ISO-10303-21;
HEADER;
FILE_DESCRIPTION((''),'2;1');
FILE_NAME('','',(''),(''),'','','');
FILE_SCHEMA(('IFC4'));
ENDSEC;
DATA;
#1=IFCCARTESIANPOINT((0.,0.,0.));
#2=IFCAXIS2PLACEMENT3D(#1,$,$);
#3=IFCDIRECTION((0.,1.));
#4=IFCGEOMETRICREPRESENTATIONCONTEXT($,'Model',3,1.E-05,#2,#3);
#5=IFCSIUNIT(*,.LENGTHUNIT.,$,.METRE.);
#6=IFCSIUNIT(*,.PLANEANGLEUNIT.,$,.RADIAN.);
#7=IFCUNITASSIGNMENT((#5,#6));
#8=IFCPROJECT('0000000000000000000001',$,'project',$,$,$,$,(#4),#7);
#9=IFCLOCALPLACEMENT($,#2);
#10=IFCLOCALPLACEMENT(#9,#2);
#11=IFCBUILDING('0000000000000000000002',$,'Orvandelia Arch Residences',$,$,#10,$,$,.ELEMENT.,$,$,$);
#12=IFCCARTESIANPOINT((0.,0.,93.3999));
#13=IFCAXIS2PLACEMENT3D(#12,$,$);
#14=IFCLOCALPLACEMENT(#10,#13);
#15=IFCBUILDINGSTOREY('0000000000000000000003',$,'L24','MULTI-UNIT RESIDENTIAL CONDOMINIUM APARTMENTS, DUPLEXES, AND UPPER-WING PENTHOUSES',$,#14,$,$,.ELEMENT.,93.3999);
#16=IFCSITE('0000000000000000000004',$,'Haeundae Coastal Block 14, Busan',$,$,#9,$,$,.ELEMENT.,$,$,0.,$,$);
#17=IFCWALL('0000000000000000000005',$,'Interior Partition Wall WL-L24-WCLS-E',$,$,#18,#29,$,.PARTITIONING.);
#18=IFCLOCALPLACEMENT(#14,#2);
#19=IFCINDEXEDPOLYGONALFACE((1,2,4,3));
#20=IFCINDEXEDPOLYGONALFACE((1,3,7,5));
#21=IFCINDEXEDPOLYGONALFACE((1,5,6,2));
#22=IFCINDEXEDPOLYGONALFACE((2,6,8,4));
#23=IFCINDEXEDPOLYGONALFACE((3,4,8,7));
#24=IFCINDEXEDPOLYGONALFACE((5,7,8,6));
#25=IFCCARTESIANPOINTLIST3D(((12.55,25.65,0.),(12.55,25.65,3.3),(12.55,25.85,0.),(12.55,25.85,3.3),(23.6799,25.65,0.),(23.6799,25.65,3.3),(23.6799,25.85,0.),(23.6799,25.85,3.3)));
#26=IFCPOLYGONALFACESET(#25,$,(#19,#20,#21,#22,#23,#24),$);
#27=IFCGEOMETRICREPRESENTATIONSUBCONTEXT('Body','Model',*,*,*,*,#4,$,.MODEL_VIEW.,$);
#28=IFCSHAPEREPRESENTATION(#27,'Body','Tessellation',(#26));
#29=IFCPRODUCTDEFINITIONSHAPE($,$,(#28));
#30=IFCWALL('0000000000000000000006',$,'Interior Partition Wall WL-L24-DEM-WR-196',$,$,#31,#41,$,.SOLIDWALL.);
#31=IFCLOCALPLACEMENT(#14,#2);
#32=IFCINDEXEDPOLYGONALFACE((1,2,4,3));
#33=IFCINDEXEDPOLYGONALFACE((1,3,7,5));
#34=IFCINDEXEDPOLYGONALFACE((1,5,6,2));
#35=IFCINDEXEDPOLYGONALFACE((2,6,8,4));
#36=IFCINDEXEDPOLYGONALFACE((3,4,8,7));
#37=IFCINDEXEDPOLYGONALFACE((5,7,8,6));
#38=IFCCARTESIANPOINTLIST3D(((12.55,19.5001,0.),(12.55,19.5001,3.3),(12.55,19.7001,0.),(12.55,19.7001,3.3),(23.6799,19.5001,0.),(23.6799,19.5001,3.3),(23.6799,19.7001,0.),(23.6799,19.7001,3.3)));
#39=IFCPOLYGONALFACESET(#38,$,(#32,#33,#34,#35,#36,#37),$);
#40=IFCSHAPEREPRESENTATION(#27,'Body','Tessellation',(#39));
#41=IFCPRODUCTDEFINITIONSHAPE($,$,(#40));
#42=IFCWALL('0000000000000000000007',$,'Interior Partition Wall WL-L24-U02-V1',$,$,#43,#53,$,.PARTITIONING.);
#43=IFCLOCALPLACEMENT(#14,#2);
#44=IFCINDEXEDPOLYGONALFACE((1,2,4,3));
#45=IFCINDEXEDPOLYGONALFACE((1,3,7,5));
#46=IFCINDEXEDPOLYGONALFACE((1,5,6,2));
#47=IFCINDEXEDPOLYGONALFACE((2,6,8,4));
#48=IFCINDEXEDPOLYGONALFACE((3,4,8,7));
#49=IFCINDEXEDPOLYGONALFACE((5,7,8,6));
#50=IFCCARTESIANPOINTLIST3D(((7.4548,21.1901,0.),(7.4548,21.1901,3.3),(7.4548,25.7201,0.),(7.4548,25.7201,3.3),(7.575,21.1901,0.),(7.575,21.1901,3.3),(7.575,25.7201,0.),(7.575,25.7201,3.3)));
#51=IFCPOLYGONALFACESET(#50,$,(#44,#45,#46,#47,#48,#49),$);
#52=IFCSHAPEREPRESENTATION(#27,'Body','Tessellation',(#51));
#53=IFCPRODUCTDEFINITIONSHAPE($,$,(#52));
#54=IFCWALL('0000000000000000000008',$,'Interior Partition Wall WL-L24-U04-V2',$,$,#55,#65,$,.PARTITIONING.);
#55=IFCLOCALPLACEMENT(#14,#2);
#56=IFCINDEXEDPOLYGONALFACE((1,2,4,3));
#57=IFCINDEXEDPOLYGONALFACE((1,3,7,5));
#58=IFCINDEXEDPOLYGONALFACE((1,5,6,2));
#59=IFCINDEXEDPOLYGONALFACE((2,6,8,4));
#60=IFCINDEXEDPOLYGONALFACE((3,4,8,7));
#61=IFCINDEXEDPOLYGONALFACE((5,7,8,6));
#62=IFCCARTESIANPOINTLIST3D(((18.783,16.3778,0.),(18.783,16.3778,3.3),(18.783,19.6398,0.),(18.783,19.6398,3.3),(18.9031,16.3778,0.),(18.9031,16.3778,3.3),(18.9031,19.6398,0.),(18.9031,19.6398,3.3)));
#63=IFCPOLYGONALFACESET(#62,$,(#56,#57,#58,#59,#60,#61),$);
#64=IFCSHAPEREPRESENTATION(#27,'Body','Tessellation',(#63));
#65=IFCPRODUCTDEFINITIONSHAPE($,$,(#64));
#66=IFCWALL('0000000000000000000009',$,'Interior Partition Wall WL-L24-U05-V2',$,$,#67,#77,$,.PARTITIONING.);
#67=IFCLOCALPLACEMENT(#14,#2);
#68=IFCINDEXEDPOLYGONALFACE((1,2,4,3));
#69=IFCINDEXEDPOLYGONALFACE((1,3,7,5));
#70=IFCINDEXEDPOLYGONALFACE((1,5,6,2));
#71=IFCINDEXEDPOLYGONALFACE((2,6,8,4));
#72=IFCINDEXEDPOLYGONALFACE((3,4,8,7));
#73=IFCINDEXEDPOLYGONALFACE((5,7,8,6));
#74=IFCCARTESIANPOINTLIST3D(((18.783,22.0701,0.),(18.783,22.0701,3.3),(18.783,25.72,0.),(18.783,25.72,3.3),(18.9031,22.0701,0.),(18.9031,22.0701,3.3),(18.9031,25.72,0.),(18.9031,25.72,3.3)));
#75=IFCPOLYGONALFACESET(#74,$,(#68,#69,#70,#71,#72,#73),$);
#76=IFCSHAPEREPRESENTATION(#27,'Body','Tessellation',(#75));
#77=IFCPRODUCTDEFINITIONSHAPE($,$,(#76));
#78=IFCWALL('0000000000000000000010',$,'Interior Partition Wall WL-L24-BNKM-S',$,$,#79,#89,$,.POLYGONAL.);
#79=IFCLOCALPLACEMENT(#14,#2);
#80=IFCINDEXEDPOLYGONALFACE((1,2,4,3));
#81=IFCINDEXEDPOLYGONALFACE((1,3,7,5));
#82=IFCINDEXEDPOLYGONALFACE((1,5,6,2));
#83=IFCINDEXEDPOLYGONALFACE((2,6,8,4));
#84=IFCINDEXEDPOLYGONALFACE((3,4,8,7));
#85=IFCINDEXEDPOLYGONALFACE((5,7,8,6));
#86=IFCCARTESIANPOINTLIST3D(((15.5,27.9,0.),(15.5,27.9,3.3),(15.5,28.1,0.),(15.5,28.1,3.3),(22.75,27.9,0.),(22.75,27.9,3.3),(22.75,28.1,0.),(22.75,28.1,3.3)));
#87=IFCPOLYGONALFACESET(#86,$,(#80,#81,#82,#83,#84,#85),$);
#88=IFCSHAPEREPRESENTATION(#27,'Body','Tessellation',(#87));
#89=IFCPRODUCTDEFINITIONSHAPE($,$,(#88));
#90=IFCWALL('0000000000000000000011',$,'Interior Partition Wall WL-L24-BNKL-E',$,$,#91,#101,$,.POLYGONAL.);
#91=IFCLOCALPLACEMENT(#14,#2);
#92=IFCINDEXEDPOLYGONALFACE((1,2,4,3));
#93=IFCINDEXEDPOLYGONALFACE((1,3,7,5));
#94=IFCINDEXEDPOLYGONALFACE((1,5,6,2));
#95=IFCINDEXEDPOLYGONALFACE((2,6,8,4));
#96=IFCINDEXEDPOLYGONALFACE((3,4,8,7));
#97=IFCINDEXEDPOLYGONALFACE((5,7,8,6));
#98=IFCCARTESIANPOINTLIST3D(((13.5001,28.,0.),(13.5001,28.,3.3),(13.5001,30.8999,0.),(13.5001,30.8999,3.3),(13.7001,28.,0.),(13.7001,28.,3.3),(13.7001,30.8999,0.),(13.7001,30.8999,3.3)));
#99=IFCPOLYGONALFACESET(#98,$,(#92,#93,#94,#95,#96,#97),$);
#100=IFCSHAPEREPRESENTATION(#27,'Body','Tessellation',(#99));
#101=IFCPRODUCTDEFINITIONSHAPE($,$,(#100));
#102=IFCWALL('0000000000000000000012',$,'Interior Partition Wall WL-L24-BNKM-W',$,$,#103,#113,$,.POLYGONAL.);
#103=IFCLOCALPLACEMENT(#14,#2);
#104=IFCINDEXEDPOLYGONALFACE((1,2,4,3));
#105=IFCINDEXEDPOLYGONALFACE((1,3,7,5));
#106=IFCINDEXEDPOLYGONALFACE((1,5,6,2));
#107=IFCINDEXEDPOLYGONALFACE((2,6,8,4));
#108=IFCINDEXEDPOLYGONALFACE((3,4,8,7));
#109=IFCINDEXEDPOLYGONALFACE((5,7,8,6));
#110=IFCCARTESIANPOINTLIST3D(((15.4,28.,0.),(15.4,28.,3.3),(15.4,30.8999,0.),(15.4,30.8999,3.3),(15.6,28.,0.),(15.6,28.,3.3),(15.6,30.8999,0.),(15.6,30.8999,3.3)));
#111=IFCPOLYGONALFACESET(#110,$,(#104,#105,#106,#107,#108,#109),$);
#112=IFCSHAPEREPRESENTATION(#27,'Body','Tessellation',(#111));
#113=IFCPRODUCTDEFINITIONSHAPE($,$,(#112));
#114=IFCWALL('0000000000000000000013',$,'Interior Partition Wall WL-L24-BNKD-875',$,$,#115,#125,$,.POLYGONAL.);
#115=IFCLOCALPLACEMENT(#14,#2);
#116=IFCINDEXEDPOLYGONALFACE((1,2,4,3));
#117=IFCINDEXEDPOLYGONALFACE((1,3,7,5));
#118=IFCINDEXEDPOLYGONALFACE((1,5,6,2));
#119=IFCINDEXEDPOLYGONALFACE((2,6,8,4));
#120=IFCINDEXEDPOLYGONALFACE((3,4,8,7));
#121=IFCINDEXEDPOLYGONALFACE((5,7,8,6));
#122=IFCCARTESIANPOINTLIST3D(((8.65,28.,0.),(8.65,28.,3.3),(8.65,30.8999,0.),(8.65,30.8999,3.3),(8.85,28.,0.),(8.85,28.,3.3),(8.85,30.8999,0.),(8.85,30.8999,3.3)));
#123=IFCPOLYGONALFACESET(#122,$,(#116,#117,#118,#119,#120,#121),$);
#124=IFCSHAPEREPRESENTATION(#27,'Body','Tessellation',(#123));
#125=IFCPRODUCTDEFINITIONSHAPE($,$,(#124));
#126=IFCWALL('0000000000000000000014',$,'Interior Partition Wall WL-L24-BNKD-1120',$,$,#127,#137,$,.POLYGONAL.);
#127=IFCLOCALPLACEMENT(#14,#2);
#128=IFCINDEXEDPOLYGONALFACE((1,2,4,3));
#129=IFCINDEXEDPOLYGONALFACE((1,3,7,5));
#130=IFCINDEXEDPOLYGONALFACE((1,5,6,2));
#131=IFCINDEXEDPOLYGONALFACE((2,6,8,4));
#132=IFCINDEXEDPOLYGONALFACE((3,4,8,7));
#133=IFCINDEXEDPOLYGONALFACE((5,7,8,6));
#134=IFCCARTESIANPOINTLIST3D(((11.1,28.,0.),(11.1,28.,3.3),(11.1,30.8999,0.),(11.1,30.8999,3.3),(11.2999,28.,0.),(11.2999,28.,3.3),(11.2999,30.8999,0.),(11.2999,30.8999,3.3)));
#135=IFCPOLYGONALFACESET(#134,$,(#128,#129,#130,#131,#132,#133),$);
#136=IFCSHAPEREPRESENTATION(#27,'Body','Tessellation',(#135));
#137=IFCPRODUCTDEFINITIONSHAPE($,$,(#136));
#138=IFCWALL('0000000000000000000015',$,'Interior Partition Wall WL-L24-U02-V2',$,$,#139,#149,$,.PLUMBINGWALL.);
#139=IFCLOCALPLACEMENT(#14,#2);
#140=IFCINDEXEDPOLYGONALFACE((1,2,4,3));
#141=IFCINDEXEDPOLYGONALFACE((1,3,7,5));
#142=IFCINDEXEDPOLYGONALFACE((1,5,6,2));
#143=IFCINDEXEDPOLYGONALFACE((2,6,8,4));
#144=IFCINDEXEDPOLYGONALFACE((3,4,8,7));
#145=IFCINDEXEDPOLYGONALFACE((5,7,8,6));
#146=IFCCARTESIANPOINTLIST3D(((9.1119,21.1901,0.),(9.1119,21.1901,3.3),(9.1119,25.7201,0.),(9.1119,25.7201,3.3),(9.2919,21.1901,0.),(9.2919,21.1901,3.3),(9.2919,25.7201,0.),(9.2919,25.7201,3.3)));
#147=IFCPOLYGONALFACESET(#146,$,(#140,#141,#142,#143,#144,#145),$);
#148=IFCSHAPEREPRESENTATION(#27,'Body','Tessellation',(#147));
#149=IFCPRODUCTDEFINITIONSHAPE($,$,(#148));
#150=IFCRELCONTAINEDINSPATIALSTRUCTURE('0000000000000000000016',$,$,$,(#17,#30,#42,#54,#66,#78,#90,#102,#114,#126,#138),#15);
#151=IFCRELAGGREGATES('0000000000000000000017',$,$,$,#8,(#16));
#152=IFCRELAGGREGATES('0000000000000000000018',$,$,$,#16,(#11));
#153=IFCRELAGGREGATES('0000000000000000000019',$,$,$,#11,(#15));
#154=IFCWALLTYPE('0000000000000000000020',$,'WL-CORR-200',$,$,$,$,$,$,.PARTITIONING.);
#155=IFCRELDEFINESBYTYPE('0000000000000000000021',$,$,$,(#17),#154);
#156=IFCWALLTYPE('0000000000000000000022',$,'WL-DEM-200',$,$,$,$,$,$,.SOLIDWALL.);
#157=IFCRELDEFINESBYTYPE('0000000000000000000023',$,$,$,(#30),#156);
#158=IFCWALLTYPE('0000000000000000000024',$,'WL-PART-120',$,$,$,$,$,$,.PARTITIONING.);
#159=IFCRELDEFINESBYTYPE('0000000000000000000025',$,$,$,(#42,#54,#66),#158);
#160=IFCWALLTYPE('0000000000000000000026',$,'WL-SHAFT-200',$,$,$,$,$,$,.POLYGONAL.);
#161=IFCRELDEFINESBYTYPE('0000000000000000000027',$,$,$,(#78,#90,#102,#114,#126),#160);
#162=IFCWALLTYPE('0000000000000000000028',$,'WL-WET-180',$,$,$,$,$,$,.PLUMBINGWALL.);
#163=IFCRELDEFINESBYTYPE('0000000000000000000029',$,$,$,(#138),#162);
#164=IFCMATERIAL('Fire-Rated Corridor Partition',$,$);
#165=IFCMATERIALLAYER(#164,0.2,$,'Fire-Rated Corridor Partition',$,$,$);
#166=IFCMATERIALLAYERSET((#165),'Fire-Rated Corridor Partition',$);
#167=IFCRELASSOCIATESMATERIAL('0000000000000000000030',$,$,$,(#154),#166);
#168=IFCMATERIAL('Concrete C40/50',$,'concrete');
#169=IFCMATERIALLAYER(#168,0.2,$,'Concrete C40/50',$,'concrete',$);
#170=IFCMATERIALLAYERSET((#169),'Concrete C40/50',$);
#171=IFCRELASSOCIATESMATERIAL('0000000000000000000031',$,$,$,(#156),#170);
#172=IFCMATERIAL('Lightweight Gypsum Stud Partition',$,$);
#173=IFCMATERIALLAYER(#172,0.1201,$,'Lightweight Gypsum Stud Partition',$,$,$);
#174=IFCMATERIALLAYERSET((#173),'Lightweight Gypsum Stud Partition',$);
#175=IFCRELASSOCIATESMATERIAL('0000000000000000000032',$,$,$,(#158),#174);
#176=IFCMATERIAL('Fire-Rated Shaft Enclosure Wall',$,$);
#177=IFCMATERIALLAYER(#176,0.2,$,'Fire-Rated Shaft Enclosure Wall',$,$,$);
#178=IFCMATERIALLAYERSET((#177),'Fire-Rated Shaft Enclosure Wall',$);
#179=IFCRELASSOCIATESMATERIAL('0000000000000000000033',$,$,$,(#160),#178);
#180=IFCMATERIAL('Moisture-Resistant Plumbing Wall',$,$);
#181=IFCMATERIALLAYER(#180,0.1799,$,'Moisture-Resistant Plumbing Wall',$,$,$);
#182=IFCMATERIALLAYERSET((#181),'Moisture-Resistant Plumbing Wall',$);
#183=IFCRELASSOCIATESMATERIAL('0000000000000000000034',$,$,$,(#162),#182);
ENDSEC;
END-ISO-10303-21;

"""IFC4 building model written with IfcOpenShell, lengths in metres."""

from ifc_helpers import new_model, si_unit, direction, frame, frame_2d, origin, place, context, subcontext, project, spatial, rectangle, extrude, material, layer, layer_set, type_object, element, save


model = new_model("IFC4")

# Units and contexts
model_context = context("Model", 3, precision=1e-05, world=origin(), true_north=direction((0.0, 1.0)))
body_context = subcontext(model_context, "Body", "Model", "MODEL_VIEW")
ifc_project = project(units=[si_unit("LENGTHUNIT", "METRE"), si_unit("PLANEANGLEUNIT", "RADIAN")], contexts=[model_context])

# Site, building, storey
site_placement = place(None, origin())
site = spatial("IfcSite", under=ifc_project, at=site_placement, Name="Haeundae Coastal Block 14, Busan", CompositionType="ELEMENT", RefElevation=0.0)
building_placement = place(site_placement, origin())
building = spatial("IfcBuilding", under=site, at=building_placement, Name="Orvandelia Arch Residences", CompositionType="ELEMENT")
storey_placement = place(building_placement, frame((0.0, 0.0, 93.3999)))
storey = spatial("IfcBuildingStorey", under=building, at=storey_placement, Name="L24", Description="MULTI-UNIT RESIDENTIAL CONDOMINIUM APARTMENTS, DUPLEXES, AND UPPER-WING PENTHOUSES", CompositionType="ELEMENT", Elevation=93.3999)

# Walls
ifc_material_1 = material(Name="Fire-Rated Corridor Partition")
ifc_layer_1 = layer(ifc_material_1, 0.2, Name="Fire-Rated Corridor Partition")
ifc_layer_set_1 = layer_set([ifc_layer_1], Name="Fire-Rated Corridor Partition")
wall_type_1 = type_object("IfcWallType", Name="WL-CORR-200", PredefinedType="PARTITIONING", material=ifc_layer_set_1)
wall_1_placement = place(storey_placement, frame((12.55, 25.75, 0.0), z_axis=(0.0, 0.0, 1.0), x_axis=(1.0, 0.0, 0.0)))
element("IfcWall", 1, at=wall_1_placement, inside=storey, type_object=wall_type_1, Name="Interior Partition Wall WL-L24-WCLS-E", PredefinedType="PARTITIONING", context=body_context, shape_type="SweptSolid", body=[
    extrude(rectangle(XDim=11.1299, YDim=0.2, at=frame_2d((5.5649, 0.0))), origin(), (0.0, 0.0, 1.0), 3.3),
])
ifc_material_2 = material(Name="Concrete C40/50", Category="concrete")
ifc_layer_2 = layer(ifc_material_2, 0.2, Name="Concrete C40/50", Category="concrete")
ifc_layer_set_2 = layer_set([ifc_layer_2], Name="Concrete C40/50")
wall_type_2 = type_object("IfcWallType", Name="WL-DEM-200", PredefinedType="SOLIDWALL", material=ifc_layer_set_2)
wall_2_placement = place(storey_placement, frame((12.55, 19.6001, 0.0), z_axis=(0.0, 0.0, 1.0), x_axis=(1.0, 0.0, 0.0)))
element("IfcWall", 2, at=wall_2_placement, inside=storey, type_object=wall_type_2, Name="Interior Partition Wall WL-L24-DEM-WR-196", PredefinedType="SOLIDWALL", context=body_context, shape_type="SweptSolid", body=[
    extrude(rectangle(XDim=11.1299, YDim=0.2, at=frame_2d((5.5649, 0.0))), origin(), (0.0, 0.0, 1.0), 3.3),
])
ifc_material_3 = material(Name="Lightweight Gypsum Stud Partition")
ifc_layer_3 = layer(ifc_material_3, 0.1201, Name="Lightweight Gypsum Stud Partition")
ifc_layer_set_3 = layer_set([ifc_layer_3], Name="Lightweight Gypsum Stud Partition")
wall_type_3 = type_object("IfcWallType", Name="WL-PART-120", PredefinedType="PARTITIONING", material=ifc_layer_set_3)
wall_3_placement = place(storey_placement, frame((7.5149, 21.1899, 0.0), z_axis=(0.0, 0.0, 1.0), x_axis=(0.0, 1.0, 0.0)))
element("IfcWall", 3, at=wall_3_placement, inside=storey, type_object=wall_type_3, Name="Interior Partition Wall WL-L24-U02-V1", PredefinedType="PARTITIONING", context=body_context, shape_type="SweptSolid", body=[
    extrude(rectangle(XDim=4.53, YDim=0.1201, at=frame_2d((2.2651, 0.0))), origin(), (0.0, 0.0, 1.0), 3.3),
])
wall_4_placement = place(storey_placement, frame((18.843, 16.3779, 0.0), z_axis=(0.0, 0.0, 1.0), x_axis=(0.0, 1.0, 0.0)))
element("IfcWall", 4, at=wall_4_placement, inside=storey, type_object=wall_type_3, Name="Interior Partition Wall WL-L24-U04-V2", PredefinedType="PARTITIONING", context=body_context, shape_type="SweptSolid", body=[
    extrude(rectangle(XDim=3.262, YDim=0.1201, at=frame_2d((1.6309, 0.0))), origin(), (0.0, 0.0, 1.0), 3.3),
])
wall_5_placement = place(storey_placement, frame((18.843, 22.0701, 0.0), z_axis=(0.0, 0.0, 1.0), x_axis=(0.0, 1.0, 0.0)))
element("IfcWall", 5, at=wall_5_placement, inside=storey, type_object=wall_type_3, Name="Interior Partition Wall WL-L24-U05-V2", PredefinedType="PARTITIONING", context=body_context, shape_type="SweptSolid", body=[
    extrude(rectangle(XDim=3.6499, YDim=0.1201, at=frame_2d((1.825, 0.0))), origin(), (0.0, 0.0, 1.0), 3.3),
])

# Shared definitions
ifc_material_4 = material(Name="Fire-Rated Shaft Enclosure Wall")
ifc_layer_4 = layer(ifc_material_4, 0.2, Name="Fire-Rated Shaft Enclosure Wall")
ifc_layer_set_4 = layer_set([ifc_layer_4], Name="Fire-Rated Shaft Enclosure Wall")
wall_type_4 = type_object("IfcWallType", Name="WL-SHAFT-200", PredefinedType="POLYGONAL", material=ifc_layer_set_4)

# Walls
wall_6_placement = place(storey_placement, frame((15.5, 28.0, 0.0), z_axis=(0.0, 0.0, 1.0), x_axis=(1.0, 0.0, 0.0)))
element("IfcWall", 6, at=wall_6_placement, inside=storey, type_object=wall_type_4, Name="Interior Partition Wall WL-L24-BNKM-S", PredefinedType="POLYGONAL", context=body_context, shape_type="SweptSolid", body=[
    extrude(rectangle(XDim=7.25, YDim=0.2, at=frame_2d((3.625, 0.0))), origin(), (0.0, 0.0, 1.0), 3.3),
])
for number, where, z_axis, x_axis, name in (
    (7, (13.6001, 28.0, 0.0), (0.0, 0.0, 1.0), (0.0, 1.0, 0.0), "Interior Partition Wall WL-L24-BNKL-E"),
    (8, (15.5, 28.0, 0.0), (0.0, 0.0, 1.0), (0.0, 1.0, 0.0), "Interior Partition Wall WL-L24-BNKM-W"),
    (9, (8.75, 28.0, 0.0), (0.0, 0.0, 1.0), (0.0, 1.0, 0.0), "Interior Partition Wall WL-L24-BNKD-875"),
    (10, (11.2, 28.0, 0.0), (0.0, 0.0, 1.0), (0.0, 1.0, 0.0), "Interior Partition Wall WL-L24-BNKD-1120"),
):
    element("IfcWall", number, at=place(storey_placement, frame(where, z_axis=z_axis, x_axis=x_axis)), inside=storey, type_object=wall_type_4, Name=name, PredefinedType="POLYGONAL", context=body_context, shape_type="SweptSolid", body=[
        extrude(rectangle(XDim=2.8999, YDim=0.2, at=frame_2d((1.45, 0.0))), origin(), (0.0, 0.0, 1.0), 3.3),
    ])
ifc_material_5 = material(Name="Moisture-Resistant Plumbing Wall")
ifc_layer_5 = layer(ifc_material_5, 0.1799, Name="Moisture-Resistant Plumbing Wall")
ifc_layer_set_5 = layer_set([ifc_layer_5], Name="Moisture-Resistant Plumbing Wall")
wall_type_5 = type_object("IfcWallType", Name="WL-WET-180", PredefinedType="PLUMBINGWALL", material=ifc_layer_set_5)
wall_7_placement = place(storey_placement, frame((9.2019, 21.1899, 0.0), z_axis=(0.0, 0.0, 1.0), x_axis=(0.0, 1.0, 0.0)))
element("IfcWall", 11, at=wall_7_placement, inside=storey, type_object=wall_type_5, Name="Interior Partition Wall WL-L24-U02-V2", PredefinedType="PLUMBINGWALL", context=body_context, shape_type="SweptSolid", body=[
    extrude(rectangle(XDim=4.53, YDim=0.1799, at=frame_2d((2.2651, 0.0))), origin(), (0.0, 0.0, 1.0), 3.3),
])

save(model, "model.ifc")
